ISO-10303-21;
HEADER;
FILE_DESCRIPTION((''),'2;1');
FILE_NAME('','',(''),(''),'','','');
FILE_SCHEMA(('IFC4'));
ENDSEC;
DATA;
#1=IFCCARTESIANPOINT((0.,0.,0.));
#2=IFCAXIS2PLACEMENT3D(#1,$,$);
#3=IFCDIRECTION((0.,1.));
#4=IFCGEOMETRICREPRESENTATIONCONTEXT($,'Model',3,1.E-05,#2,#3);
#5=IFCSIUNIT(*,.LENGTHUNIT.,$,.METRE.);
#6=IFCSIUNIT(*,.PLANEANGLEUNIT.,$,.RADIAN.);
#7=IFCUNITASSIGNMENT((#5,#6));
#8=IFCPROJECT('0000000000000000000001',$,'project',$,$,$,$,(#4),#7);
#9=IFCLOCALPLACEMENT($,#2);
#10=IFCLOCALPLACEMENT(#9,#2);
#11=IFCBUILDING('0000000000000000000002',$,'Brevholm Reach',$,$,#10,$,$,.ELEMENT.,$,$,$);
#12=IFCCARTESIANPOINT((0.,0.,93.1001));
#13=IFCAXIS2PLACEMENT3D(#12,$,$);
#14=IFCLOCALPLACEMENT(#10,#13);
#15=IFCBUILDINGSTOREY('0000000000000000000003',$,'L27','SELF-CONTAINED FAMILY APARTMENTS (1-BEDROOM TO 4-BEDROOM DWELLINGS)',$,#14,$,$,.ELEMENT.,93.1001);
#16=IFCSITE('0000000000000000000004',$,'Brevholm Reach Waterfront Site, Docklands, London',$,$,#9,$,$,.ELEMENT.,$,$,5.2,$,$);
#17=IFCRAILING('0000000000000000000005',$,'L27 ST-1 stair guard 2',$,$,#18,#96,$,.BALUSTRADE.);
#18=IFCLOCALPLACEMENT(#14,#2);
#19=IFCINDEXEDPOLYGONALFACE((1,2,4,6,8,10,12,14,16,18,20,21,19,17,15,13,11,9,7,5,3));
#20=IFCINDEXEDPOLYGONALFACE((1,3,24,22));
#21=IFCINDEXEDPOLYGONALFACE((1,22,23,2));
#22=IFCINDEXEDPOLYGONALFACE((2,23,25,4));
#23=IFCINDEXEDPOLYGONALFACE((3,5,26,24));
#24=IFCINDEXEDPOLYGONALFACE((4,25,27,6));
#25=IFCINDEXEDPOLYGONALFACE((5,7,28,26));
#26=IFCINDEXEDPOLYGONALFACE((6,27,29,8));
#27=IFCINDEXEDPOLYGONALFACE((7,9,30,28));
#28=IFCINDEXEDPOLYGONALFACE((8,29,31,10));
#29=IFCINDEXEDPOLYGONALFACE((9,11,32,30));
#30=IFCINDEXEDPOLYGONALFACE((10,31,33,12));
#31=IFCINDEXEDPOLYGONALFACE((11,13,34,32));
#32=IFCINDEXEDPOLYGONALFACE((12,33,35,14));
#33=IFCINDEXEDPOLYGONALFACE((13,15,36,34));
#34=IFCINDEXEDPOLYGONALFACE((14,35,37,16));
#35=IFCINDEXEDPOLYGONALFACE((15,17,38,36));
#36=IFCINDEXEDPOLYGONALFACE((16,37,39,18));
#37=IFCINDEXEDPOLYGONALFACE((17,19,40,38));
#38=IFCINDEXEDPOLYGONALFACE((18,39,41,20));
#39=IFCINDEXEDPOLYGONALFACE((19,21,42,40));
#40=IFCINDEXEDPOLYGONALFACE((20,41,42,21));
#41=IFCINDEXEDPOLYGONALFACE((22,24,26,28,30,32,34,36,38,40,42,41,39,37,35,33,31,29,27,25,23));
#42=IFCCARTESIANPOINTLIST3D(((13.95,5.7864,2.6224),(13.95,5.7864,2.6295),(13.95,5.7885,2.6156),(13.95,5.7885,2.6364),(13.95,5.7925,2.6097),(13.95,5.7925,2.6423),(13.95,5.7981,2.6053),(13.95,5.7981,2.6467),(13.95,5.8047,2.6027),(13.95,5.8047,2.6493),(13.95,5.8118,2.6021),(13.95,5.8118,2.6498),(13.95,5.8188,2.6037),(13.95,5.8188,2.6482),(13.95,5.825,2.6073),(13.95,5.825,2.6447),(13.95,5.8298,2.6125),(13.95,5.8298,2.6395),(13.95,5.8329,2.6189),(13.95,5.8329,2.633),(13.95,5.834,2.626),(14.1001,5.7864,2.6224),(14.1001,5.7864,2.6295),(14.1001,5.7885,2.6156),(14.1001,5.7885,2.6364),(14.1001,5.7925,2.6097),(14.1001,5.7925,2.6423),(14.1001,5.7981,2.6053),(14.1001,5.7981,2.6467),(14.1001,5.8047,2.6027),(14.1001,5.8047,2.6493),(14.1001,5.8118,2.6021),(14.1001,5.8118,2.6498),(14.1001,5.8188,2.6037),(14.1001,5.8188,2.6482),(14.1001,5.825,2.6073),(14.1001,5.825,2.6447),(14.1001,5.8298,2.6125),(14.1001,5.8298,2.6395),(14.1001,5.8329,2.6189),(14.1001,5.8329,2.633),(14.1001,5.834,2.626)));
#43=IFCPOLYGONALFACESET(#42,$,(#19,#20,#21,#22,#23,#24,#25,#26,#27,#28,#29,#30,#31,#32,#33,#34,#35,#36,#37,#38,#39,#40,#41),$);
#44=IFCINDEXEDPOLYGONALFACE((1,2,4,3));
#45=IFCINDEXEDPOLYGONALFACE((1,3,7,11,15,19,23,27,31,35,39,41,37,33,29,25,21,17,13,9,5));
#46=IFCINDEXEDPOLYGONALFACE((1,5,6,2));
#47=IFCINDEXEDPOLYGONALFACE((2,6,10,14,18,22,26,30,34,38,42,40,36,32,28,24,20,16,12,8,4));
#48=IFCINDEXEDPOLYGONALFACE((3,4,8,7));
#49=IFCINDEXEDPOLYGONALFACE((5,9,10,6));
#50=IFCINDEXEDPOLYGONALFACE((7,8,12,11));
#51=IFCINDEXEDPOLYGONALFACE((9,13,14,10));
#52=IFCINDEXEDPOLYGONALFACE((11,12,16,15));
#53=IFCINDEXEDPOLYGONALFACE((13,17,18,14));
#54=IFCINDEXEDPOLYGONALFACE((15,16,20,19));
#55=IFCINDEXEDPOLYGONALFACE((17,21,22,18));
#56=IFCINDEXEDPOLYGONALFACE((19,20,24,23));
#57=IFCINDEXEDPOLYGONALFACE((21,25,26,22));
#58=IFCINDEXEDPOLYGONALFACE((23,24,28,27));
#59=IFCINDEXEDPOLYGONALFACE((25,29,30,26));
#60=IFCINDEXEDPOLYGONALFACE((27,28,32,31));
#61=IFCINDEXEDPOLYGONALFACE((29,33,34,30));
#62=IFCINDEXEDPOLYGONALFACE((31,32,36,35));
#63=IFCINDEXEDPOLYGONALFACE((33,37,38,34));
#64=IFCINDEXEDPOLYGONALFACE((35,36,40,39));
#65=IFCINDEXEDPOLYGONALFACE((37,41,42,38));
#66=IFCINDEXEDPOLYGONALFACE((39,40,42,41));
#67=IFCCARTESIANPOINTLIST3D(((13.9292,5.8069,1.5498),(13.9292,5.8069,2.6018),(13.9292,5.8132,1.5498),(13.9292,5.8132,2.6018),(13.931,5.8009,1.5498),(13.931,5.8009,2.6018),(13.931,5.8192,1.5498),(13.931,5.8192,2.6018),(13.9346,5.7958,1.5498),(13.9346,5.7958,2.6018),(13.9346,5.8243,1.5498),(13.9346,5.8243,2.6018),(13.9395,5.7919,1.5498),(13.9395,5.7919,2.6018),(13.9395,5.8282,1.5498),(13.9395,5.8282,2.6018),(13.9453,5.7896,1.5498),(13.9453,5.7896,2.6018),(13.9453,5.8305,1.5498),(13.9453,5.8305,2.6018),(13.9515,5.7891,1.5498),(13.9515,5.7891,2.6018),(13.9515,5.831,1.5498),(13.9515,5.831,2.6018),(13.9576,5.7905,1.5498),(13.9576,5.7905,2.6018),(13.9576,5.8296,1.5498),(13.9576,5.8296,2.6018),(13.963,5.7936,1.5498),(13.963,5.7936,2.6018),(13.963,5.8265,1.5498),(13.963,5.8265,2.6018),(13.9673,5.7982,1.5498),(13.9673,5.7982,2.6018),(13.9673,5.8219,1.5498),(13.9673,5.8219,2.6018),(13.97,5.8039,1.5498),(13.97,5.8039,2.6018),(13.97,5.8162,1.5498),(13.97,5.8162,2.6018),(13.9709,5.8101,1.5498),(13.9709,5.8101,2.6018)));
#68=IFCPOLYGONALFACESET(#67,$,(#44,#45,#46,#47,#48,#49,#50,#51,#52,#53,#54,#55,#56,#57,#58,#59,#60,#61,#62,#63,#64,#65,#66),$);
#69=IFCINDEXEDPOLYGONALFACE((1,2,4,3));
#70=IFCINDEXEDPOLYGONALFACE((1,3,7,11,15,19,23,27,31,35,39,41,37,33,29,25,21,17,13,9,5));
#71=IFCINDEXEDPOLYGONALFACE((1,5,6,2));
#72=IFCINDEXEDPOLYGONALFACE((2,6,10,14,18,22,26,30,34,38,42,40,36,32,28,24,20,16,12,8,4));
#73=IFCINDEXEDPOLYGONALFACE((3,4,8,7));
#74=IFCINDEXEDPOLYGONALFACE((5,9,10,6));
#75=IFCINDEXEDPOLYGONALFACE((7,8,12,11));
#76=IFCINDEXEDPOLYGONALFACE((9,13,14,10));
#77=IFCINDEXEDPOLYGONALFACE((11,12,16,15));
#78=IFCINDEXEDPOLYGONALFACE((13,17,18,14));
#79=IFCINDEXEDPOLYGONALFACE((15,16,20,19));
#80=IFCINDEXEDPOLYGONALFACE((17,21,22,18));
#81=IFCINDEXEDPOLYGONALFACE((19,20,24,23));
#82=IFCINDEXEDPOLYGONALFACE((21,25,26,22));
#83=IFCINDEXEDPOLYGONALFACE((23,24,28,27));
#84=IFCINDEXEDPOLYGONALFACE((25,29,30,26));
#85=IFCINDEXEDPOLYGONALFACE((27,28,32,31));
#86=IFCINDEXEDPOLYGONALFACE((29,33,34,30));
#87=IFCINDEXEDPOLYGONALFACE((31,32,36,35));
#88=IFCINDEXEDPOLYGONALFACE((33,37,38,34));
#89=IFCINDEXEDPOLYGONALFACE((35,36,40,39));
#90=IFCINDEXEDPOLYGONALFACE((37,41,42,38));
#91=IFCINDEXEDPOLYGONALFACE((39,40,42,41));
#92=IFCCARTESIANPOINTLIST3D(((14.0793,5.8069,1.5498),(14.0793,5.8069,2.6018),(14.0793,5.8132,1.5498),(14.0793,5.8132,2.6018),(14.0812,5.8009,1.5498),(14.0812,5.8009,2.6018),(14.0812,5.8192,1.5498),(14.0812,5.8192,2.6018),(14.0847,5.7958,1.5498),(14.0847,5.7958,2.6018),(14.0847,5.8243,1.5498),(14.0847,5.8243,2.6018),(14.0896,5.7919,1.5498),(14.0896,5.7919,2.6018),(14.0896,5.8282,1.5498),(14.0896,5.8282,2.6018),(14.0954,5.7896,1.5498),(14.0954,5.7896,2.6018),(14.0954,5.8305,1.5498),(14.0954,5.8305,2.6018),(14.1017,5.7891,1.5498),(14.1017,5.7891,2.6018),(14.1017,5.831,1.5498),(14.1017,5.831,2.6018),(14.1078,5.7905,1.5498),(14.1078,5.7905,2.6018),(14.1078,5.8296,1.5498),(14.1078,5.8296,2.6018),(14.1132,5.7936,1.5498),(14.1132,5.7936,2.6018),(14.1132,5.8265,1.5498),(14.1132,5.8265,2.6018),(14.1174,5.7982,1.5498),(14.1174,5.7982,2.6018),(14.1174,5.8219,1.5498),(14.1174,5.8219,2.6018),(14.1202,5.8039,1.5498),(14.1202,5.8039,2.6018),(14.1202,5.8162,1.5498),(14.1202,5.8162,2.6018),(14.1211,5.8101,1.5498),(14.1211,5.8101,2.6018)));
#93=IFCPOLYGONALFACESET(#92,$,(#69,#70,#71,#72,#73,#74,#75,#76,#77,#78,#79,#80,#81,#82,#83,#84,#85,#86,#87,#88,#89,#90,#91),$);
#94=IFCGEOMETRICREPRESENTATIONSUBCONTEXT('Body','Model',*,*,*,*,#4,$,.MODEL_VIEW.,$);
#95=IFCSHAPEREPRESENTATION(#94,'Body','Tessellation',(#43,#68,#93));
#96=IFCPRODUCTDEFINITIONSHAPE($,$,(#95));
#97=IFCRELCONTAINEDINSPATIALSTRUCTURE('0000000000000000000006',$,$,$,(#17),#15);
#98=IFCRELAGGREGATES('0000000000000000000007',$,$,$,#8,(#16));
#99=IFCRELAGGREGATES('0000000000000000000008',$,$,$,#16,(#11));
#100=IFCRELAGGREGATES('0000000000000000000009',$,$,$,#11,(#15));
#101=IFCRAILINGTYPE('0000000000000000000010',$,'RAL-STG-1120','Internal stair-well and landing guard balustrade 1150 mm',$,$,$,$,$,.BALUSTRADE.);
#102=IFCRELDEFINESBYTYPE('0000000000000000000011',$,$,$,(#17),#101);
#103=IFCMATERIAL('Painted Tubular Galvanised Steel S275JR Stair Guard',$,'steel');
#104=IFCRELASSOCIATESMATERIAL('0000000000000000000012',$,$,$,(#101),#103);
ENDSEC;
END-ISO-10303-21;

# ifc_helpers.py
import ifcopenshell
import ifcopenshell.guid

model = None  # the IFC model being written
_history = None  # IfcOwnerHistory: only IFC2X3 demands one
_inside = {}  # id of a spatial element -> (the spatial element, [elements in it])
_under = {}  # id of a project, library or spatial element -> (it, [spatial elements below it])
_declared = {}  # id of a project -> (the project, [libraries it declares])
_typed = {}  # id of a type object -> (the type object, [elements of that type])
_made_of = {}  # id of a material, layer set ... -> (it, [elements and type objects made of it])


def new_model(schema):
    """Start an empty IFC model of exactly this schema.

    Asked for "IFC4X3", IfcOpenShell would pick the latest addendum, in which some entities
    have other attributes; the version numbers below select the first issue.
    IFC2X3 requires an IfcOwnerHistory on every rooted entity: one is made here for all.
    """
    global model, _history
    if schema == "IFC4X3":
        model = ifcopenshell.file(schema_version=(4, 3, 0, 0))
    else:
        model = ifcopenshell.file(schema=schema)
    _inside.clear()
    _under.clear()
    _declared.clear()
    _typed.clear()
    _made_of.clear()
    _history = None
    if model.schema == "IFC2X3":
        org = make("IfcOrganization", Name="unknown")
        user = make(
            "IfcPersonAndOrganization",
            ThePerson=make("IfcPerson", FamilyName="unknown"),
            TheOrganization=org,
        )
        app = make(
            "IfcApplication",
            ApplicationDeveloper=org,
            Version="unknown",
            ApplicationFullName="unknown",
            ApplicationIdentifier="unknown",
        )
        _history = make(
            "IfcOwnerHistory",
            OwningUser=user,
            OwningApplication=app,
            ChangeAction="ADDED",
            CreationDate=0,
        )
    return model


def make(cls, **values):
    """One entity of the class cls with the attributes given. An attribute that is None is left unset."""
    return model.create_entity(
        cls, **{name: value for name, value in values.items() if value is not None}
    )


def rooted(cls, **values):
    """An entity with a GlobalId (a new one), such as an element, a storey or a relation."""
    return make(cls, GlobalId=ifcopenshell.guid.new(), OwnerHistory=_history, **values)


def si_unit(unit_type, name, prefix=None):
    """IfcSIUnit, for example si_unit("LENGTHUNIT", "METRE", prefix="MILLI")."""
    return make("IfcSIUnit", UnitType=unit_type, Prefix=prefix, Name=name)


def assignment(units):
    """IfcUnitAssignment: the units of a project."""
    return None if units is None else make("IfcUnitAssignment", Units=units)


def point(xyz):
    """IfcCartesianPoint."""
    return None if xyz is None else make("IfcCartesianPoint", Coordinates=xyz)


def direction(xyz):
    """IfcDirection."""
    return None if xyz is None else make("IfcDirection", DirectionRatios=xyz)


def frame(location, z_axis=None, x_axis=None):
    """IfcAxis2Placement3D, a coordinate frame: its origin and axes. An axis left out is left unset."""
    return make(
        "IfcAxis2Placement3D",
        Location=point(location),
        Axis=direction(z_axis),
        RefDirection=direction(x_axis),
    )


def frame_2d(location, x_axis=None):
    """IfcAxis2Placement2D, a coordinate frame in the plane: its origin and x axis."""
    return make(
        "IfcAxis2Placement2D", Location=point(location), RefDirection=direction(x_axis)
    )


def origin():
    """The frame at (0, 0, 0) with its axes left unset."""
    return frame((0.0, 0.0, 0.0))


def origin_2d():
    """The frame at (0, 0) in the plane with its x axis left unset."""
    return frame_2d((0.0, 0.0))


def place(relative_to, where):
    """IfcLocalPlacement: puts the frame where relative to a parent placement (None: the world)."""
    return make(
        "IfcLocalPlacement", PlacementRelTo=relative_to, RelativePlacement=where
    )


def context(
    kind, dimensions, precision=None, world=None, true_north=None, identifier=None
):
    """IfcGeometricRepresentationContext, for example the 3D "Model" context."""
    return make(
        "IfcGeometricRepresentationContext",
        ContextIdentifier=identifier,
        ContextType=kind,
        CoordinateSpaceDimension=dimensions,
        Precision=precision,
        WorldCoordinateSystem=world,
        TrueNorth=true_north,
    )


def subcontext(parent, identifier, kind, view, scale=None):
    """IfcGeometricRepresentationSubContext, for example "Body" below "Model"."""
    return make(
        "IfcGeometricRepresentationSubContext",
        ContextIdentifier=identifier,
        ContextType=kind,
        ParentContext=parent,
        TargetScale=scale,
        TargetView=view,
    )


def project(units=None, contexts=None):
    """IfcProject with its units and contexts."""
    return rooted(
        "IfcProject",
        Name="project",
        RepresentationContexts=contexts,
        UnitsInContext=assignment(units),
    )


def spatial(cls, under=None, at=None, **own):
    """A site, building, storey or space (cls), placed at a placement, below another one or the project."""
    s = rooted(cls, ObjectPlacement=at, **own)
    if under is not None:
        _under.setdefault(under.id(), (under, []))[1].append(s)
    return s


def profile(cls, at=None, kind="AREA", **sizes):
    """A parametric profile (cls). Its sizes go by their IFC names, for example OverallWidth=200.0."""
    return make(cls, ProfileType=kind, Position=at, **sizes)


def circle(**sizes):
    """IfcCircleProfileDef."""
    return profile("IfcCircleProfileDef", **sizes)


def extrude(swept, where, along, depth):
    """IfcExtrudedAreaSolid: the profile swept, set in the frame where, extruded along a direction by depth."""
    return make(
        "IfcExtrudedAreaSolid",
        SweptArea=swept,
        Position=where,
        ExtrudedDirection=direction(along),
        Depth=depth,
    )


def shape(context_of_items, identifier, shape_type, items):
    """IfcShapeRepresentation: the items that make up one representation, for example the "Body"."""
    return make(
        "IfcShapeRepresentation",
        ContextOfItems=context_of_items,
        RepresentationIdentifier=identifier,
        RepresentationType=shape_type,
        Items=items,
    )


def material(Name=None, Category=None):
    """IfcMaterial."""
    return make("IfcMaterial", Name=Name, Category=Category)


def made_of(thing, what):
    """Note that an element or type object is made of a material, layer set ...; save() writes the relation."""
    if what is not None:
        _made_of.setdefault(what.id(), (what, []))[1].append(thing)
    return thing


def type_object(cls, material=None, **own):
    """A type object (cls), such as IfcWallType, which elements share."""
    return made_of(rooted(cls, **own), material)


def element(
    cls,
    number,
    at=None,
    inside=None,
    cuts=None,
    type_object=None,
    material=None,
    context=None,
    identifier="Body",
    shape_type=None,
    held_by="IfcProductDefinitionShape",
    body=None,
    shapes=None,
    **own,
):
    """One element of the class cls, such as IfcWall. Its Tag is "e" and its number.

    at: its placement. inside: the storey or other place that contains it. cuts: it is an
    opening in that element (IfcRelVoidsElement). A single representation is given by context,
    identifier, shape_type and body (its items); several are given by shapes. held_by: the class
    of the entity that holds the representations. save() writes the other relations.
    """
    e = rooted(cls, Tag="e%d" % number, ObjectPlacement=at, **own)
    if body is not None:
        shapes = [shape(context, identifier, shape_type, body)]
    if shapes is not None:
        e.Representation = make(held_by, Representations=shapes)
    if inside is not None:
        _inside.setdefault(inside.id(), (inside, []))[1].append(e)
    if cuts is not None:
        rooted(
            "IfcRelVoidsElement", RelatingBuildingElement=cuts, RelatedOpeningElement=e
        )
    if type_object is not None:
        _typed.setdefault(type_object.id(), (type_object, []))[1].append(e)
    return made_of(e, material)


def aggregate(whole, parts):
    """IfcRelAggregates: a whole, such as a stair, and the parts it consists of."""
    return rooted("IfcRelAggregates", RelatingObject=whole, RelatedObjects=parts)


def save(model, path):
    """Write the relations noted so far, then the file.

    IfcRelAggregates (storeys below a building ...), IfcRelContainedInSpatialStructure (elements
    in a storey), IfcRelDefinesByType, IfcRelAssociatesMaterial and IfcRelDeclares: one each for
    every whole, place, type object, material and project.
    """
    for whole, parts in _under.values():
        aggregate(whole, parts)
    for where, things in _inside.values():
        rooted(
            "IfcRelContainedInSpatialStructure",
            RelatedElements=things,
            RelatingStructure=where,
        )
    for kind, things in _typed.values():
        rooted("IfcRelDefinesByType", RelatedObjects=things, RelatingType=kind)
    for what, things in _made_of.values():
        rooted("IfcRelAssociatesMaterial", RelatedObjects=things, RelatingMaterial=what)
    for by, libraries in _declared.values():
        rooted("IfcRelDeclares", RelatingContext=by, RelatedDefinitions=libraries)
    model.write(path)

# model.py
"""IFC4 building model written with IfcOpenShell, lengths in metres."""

from ifc_helpers import new_model, si_unit, direction, frame, origin, origin_2d, place, context, subcontext, project, spatial, circle, extrude, material, type_object, element, save


model = new_model("IFC4")

# Units and contexts
model_context = context("Model", 3, precision=1e-05, world=origin(), true_north=direction((0.0, 1.0)))
body_context = subcontext(model_context, "Body", "Model", "MODEL_VIEW")
ifc_project = project(units=[si_unit("LENGTHUNIT", "METRE"), si_unit("PLANEANGLEUNIT", "RADIAN")], contexts=[model_context])

# Site, building, storey
site_placement = place(None, origin())
site = spatial("IfcSite", under=ifc_project, at=site_placement, Name="Brevholm Reach Waterfront Site, Docklands, London", CompositionType="ELEMENT", RefElevation=5.2)
building_placement = place(site_placement, origin())
building = spatial("IfcBuilding", under=site, at=building_placement, Name="Brevholm Reach", CompositionType="ELEMENT")
storey_placement = place(building_placement, frame((0.0, 0.0, 93.1001)))
storey = spatial("IfcBuildingStorey", under=building, at=storey_placement, Name="L27", Description="SELF-CONTAINED FAMILY APARTMENTS (1-BEDROOM TO 4-BEDROOM DWELLINGS)", CompositionType="ELEMENT", Elevation=93.1001)

# Railing
ifc_material_1 = material(Name="Painted Tubular Galvanised Steel S275JR Stair Guard", Category="steel")
railing_type_1 = type_object("IfcRailingType", Name="RAL-STG-1120", Description="Internal stair-well and landing guard balustrade 1150 mm", PredefinedType="BALUSTRADE", material=ifc_material_1)
railing_1_placement = place(storey_placement, frame((13.95, 5.8101, 1.5498)))
element("IfcRailing", 1, at=railing_1_placement, inside=storey, type_object=railing_type_1, Name="L27 ST-1 stair guard 2", PredefinedType="BALUSTRADE", context=body_context, shape_type="SweptSolid", body=[
    extrude(circle(Radius=0.0239, at=origin_2d()), frame((0.0, 0.0, 1.0762), z_axis=(1.0, 0.0, 0.0), x_axis=(0.0, 1.0, 0.0)), (0.0, 0.0, 1.0), 0.1501),
    extrude(circle(Radius=0.021, at=origin_2d()), origin(), (0.0, 0.0, 1.0), 1.052),
    extrude(circle(Radius=0.021, at=origin_2d()), frame((0.1501, 0.0, 0.0)), (0.0, 0.0, 1.0), 1.052),
])

save(model, "model.ifc")
